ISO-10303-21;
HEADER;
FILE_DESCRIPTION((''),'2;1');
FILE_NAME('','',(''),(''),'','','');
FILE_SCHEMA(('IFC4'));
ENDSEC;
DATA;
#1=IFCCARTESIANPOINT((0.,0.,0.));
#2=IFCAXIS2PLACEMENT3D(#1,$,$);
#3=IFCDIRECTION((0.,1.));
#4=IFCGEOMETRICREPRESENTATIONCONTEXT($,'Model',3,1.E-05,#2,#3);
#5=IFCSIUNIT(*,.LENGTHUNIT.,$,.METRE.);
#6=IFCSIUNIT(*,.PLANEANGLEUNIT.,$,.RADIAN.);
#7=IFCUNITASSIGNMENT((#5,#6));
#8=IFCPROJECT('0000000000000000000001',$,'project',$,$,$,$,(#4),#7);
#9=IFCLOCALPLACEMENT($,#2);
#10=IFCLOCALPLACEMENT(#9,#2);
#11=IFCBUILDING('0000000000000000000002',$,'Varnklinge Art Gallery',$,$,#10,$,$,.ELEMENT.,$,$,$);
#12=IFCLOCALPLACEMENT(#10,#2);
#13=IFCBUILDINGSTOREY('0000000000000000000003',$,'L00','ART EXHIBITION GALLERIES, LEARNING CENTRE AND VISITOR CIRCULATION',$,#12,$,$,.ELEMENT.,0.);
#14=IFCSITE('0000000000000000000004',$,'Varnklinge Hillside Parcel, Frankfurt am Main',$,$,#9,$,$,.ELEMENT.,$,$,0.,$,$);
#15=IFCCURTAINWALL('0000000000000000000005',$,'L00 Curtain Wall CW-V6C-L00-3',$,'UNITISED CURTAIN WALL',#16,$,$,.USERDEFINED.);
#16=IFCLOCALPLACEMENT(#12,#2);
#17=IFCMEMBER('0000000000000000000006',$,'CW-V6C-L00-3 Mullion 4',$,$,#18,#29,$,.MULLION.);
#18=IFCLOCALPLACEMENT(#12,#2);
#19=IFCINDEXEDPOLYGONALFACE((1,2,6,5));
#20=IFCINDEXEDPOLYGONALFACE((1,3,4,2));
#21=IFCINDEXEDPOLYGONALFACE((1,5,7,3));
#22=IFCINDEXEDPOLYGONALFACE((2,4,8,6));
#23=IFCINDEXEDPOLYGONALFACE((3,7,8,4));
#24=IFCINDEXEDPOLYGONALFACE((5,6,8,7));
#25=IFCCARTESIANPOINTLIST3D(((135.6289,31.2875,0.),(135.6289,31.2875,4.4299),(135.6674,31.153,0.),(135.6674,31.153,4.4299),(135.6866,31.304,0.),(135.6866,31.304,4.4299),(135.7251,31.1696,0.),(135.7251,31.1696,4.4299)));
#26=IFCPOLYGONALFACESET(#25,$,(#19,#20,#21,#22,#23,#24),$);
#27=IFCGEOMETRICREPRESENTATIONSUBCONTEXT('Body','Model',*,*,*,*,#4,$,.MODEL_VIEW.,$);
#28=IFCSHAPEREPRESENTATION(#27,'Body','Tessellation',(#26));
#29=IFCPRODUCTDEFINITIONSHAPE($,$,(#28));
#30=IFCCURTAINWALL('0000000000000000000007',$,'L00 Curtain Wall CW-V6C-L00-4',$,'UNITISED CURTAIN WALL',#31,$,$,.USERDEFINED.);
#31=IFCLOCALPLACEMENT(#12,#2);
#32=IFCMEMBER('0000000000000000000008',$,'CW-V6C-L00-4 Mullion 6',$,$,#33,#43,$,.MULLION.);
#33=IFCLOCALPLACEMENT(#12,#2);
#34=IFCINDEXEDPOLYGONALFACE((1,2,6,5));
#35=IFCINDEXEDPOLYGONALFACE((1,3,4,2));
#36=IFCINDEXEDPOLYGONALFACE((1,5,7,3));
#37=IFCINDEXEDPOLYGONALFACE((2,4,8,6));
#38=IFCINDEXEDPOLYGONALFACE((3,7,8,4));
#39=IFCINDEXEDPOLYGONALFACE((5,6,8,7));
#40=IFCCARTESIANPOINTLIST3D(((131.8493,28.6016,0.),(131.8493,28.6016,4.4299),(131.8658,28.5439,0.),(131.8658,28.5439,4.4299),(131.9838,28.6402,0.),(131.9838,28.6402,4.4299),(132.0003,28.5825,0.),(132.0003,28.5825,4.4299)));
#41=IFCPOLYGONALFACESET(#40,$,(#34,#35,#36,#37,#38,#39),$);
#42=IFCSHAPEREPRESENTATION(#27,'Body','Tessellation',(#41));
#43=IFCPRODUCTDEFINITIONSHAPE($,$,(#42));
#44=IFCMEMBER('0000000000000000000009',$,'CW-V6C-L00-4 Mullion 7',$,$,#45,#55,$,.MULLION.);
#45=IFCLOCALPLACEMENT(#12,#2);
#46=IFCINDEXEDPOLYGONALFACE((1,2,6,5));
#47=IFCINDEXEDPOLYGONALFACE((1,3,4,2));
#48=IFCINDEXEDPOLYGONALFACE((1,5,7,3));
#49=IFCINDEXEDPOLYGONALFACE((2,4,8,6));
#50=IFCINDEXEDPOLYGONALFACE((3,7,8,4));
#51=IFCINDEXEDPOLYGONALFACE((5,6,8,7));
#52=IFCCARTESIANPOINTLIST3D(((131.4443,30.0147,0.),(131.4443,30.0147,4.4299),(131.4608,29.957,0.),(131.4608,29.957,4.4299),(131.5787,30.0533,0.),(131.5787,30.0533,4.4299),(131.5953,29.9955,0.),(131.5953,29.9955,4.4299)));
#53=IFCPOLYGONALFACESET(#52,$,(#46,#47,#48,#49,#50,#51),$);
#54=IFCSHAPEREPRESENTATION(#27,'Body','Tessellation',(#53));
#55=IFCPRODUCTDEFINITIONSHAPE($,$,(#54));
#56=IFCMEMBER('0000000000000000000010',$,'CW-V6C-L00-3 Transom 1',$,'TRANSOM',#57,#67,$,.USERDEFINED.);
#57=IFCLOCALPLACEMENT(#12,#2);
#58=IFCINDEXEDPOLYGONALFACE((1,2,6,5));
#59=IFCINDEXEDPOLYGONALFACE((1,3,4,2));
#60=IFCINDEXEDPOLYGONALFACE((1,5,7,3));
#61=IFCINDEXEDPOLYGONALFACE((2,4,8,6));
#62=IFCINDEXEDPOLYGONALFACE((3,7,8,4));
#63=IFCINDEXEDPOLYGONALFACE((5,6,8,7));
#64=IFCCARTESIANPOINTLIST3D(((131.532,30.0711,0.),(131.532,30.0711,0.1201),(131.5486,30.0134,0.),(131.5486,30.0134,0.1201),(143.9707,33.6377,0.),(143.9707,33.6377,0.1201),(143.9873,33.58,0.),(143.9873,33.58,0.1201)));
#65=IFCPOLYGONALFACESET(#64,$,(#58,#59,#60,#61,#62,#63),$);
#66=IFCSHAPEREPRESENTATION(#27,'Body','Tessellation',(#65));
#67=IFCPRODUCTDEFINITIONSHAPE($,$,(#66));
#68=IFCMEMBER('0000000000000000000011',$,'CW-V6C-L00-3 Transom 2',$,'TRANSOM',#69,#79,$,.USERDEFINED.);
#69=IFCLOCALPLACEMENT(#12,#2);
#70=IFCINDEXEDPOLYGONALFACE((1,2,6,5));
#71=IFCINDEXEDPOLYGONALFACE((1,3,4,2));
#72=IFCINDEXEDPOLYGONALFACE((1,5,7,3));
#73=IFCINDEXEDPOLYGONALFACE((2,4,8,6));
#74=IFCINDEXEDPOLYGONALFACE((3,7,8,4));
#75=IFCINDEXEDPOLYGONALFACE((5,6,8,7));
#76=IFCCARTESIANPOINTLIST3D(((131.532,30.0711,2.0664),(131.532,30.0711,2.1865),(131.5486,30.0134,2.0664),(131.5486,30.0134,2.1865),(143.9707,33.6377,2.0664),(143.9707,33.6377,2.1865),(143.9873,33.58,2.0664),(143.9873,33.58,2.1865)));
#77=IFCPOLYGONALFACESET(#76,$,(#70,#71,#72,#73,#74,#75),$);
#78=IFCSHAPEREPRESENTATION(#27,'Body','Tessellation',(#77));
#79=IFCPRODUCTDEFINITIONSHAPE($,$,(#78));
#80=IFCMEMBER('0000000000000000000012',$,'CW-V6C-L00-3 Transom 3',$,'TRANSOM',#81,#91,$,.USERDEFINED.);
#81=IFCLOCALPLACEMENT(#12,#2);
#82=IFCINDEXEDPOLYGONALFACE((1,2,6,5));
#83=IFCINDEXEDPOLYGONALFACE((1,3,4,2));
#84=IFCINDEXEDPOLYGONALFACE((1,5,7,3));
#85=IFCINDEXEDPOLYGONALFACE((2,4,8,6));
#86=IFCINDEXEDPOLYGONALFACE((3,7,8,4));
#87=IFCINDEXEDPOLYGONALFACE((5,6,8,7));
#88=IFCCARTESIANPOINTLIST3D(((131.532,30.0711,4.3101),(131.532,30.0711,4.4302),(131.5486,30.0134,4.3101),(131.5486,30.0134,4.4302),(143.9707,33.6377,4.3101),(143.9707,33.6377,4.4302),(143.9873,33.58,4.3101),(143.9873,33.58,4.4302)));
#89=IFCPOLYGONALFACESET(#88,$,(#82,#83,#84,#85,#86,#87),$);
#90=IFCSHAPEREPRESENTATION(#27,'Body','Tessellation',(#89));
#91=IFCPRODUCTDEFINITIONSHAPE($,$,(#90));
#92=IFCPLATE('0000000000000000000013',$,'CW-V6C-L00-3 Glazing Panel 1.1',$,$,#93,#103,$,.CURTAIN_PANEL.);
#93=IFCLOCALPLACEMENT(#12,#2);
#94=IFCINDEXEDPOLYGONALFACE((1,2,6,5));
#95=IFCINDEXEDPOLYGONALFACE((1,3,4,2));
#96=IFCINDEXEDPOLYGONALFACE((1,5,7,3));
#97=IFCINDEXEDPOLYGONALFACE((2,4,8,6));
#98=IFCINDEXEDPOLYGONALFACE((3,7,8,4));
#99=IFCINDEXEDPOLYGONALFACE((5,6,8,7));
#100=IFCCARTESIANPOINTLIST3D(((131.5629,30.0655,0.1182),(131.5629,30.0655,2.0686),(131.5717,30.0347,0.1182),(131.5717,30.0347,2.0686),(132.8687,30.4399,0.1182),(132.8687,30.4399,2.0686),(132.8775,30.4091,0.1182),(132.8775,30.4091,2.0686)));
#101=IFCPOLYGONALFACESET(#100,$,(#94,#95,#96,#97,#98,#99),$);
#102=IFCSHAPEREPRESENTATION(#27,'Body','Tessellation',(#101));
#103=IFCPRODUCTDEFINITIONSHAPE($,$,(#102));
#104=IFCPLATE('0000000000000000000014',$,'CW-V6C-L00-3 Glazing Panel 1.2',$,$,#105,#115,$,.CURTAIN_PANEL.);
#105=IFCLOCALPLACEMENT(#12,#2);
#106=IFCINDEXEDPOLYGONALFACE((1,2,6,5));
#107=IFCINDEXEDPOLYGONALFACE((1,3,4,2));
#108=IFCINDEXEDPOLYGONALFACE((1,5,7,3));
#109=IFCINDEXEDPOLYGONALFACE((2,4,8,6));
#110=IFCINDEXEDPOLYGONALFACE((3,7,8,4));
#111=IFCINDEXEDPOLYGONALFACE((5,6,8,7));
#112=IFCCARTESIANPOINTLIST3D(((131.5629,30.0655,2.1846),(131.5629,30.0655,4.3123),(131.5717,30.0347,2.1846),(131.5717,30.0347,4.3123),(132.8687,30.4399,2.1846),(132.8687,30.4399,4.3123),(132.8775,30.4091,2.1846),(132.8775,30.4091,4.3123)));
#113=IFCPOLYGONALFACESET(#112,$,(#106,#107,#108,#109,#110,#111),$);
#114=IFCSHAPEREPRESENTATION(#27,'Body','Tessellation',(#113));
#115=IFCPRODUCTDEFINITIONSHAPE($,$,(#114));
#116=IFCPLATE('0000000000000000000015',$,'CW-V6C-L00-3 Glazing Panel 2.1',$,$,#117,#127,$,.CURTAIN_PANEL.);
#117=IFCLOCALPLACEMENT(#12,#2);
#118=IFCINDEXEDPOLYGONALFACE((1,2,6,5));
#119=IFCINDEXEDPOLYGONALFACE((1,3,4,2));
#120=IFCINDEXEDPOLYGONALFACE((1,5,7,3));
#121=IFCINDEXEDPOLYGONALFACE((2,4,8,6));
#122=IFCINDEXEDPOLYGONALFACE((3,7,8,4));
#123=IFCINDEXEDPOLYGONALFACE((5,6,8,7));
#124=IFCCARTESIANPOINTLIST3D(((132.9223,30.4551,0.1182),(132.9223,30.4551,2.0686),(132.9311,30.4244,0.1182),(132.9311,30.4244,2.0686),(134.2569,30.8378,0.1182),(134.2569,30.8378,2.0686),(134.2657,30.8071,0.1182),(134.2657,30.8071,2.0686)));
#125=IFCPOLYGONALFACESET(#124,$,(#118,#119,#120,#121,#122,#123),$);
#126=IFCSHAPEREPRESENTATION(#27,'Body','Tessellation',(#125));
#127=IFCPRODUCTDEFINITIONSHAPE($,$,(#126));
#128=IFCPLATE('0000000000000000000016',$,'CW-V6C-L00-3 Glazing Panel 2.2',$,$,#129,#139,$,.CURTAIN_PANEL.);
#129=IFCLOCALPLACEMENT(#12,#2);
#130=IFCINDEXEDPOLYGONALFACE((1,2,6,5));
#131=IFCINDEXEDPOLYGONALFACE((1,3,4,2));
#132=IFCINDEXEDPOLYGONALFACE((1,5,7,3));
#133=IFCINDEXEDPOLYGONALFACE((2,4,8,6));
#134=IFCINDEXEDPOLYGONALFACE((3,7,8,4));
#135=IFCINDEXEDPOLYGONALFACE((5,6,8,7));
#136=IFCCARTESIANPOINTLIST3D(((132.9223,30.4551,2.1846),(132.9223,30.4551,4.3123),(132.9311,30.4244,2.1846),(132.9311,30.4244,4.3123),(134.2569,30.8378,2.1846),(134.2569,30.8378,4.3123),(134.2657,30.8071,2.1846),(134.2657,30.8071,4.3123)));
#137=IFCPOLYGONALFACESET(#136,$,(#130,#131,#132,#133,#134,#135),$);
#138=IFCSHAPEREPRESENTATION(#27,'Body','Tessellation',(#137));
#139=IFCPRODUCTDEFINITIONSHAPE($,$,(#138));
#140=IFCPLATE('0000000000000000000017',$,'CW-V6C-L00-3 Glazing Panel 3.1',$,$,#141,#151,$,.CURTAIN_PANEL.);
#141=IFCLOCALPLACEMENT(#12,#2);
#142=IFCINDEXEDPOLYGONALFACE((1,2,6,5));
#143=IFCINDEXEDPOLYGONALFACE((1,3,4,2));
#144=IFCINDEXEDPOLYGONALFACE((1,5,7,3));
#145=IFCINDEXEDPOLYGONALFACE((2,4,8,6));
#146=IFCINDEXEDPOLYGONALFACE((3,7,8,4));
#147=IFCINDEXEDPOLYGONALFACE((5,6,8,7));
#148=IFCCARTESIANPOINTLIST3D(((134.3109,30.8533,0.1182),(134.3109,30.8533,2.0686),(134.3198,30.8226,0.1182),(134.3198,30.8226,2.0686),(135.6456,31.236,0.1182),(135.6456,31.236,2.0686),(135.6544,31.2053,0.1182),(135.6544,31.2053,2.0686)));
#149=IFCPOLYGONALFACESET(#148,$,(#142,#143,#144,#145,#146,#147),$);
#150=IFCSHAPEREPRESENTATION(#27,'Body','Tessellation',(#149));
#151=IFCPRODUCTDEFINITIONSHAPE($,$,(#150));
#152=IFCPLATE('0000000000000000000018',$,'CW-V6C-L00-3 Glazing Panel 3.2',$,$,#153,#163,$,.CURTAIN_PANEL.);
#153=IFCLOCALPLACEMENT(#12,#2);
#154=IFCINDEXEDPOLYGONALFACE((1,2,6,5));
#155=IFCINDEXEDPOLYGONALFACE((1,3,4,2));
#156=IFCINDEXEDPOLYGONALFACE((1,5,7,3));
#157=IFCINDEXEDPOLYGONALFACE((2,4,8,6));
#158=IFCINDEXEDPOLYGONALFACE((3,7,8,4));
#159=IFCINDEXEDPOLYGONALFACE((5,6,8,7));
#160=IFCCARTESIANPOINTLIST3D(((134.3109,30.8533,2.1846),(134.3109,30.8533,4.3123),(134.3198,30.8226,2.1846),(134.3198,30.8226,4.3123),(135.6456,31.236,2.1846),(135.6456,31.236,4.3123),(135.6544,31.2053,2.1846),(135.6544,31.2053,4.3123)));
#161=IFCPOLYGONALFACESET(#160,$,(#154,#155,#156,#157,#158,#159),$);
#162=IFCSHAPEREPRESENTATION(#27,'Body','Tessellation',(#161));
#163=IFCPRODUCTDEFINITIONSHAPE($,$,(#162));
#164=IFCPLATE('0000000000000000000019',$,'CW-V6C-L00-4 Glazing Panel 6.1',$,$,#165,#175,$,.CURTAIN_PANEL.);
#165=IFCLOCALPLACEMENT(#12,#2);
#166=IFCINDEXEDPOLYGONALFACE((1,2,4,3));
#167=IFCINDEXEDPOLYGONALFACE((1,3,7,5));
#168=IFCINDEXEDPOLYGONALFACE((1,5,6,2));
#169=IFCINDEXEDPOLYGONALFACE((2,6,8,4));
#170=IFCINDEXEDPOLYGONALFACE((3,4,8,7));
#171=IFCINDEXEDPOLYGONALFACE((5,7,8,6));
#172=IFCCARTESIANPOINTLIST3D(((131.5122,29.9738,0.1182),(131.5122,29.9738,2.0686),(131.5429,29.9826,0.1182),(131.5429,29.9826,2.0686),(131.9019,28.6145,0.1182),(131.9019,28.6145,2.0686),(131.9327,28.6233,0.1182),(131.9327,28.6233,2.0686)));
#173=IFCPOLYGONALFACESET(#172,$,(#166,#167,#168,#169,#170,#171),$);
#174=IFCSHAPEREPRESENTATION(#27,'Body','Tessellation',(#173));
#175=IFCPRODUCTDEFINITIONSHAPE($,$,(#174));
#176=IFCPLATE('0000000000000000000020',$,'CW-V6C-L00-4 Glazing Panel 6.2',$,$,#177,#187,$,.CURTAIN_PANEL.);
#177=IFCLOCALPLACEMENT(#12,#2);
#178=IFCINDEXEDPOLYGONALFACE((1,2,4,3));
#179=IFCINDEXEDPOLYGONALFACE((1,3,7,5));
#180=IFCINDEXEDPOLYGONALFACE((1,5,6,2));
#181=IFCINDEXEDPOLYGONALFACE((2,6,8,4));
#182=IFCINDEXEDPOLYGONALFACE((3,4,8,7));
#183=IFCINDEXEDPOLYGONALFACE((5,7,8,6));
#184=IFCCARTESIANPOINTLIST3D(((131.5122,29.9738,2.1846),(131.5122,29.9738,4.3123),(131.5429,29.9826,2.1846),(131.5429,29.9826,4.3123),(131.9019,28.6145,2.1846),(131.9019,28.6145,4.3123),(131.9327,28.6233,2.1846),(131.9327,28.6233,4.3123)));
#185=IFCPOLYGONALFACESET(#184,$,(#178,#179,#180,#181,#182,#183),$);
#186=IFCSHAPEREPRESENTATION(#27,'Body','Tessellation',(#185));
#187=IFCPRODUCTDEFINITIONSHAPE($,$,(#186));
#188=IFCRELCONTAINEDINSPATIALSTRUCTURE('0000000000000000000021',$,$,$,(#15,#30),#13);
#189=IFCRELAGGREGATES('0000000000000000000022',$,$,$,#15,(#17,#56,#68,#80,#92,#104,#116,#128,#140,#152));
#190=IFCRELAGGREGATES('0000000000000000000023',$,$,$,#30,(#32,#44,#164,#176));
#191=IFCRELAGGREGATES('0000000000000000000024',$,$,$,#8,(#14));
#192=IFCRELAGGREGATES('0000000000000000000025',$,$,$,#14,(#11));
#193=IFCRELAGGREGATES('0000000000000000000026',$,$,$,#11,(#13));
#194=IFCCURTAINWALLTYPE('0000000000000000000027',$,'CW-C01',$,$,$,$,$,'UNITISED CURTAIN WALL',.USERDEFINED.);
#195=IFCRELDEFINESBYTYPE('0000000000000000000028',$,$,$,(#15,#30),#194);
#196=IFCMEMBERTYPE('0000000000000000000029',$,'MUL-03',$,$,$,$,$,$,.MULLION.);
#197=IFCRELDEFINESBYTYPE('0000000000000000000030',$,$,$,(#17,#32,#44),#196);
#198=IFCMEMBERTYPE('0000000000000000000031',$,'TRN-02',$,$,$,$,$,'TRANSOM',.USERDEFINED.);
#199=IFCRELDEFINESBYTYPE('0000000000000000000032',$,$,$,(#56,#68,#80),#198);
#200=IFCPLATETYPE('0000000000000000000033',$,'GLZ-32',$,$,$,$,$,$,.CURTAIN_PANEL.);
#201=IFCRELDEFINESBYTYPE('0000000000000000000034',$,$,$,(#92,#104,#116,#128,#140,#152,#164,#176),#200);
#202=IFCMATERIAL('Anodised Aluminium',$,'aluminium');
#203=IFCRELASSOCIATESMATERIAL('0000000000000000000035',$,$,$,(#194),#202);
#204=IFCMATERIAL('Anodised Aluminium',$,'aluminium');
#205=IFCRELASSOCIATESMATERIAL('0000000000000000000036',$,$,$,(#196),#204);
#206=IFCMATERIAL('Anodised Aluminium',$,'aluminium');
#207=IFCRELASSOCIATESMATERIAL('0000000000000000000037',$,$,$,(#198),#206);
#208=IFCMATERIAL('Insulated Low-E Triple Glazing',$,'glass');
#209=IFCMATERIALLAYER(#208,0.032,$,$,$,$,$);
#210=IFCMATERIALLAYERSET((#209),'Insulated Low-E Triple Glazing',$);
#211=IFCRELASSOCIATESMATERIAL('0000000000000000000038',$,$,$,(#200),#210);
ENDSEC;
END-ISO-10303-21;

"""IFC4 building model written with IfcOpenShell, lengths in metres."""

from ifc_helpers import new_model, si_unit, direction, frame, origin, origin_2d, place, context, subcontext, project, spatial, rectangle, extrude, material, layer, layer_set, material_profile, profile_set, type_object, element, aggregate, save


model = new_model("IFC4")

# Units and contexts
model_context = context("Model", 3, precision=1e-05, world=origin(), true_north=direction((0.0, 1.0)))
body_context = subcontext(model_context, "Body", "Model", "MODEL_VIEW")
ifc_project = project(units=[si_unit("LENGTHUNIT", "METRE"), si_unit("PLANEANGLEUNIT", "RADIAN")], contexts=[model_context])

# Site, building, storey
site_placement = place(None, origin())
site = spatial("IfcSite", under=ifc_project, at=site_placement, Name="Varnklinge Hillside Parcel, Frankfurt am Main", CompositionType="ELEMENT", RefElevation=0.0)
building_placement = place(site_placement, origin())
building = spatial("IfcBuilding", under=site, at=building_placement, Name="Varnklinge Art Gallery", CompositionType="ELEMENT")
storey_placement = place(building_placement, origin())
storey = spatial("IfcBuildingStorey", under=building, at=storey_placement, Name="L00", Description="ART EXHIBITION GALLERIES, LEARNING CENTRE AND VISITOR CIRCULATION", CompositionType="ELEMENT", Elevation=0.0)

# Curtain walls, members
ifc_material_1 = material(Name="Anodised Aluminium", Category="aluminium")
curtain_wall_type = type_object("IfcCurtainWallType", Name="CW-C01", ElementType="UNITISED CURTAIN WALL", PredefinedType="USERDEFINED", material=ifc_material_1)
curtain_wall_1_placement = place(storey_placement, origin())
curtain_wall_1 = element("IfcCurtainWall", 1, at=curtain_wall_1_placement, inside=storey, type_object=curtain_wall_type, Name="L00 Curtain Wall CW-V6C-L00-3", ObjectType="UNITISED CURTAIN WALL", PredefinedType="USERDEFINED")
ifc_material_2 = material(Name="Anodised Aluminium", Category="aluminium")
ifc_material_profile_1 = material_profile(ifc_material_2, rectangle(XDim=0.0601, YDim=0.1399, at=origin_2d()), Name="ALU 60x140")
ifc_profile_set_1 = profile_set([ifc_material_profile_1], Name="Anodised Aluminium")
member_type_1 = type_object("IfcMemberType", Name="MUL-03", PredefinedType="MULLION", material=ifc_profile_set_1)
member_1_placement = place(storey_placement, frame((135.677, 31.2285, 0.0), z_axis=(0.0, 0.0, 1.0), x_axis=(0.961262, 0.275637, 0.0)))
member_1 = element("IfcMember", 2, at=member_1_placement, type_object=member_type_1, Name="CW-V6C-L00-3 Mullion 4", PredefinedType="MULLION", context=body_context, shape_type="SweptSolid", body=[
    extrude(rectangle(XDim=0.0601, YDim=0.1399, at=origin_2d()), origin(), (0.0, 0.0, 1.0), 4.4299),
])
curtain_wall_2_placement = place(storey_placement, origin())
curtain_wall_2 = element("IfcCurtainWall", 3, at=curtain_wall_2_placement, inside=storey, type_object=curtain_wall_type, Name="L00 Curtain Wall CW-V6C-L00-4", ObjectType="UNITISED CURTAIN WALL", PredefinedType="USERDEFINED")
member_2_placement = place(storey_placement, frame((131.9248, 28.592, 0.0), z_axis=(0.0, 0.0, 1.0), x_axis=(-0.275637, 0.961262, 0.0)))
member_2 = element("IfcMember", 4, at=member_2_placement, type_object=member_type_1, Name="CW-V6C-L00-4 Mullion 6", PredefinedType="MULLION", context=body_context, shape_type="SweptSolid", body=[
    extrude(rectangle(XDim=0.0601, YDim=0.1399, at=origin_2d()), origin(), (0.0, 0.0, 1.0), 4.4299),
])
member_3_placement = place(storey_placement, frame((131.5198, 30.0051, 0.0), z_axis=(0.0, 0.0, 1.0), x_axis=(-0.275637, 0.961262, 0.0)))
member_3 = element("IfcMember", 5, at=member_3_placement, type_object=member_type_1, Name="CW-V6C-L00-4 Mullion 7", PredefinedType="MULLION", context=body_context, shape_type="SweptSolid", body=[
    extrude(rectangle(XDim=0.0601, YDim=0.1399, at=origin_2d()), origin(), (0.0, 0.0, 1.0), 4.4299),
])

# Members
ifc_material_3 = material(Name="Anodised Aluminium", Category="aluminium")
ifc_material_profile_2 = material_profile(ifc_material_3, rectangle(XDim=0.0601, YDim=0.1201, at=origin_2d()), Name="ALU 60x120")
ifc_profile_set_2 = profile_set([ifc_material_profile_2], Name="Anodised Aluminium")
member_type_2 = type_object("IfcMemberType", Name="TRN-02", ElementType="TRANSOM", PredefinedType="USERDEFINED", material=ifc_profile_set_2)
member_4_placement = place(storey_placement, frame((131.5403, 30.0422, 0.0601), z_axis=(0.961264, 0.275631, 0.0), x_axis=(-0.275631, 0.961264, 0.0)))
member_4 = element("IfcMember", 6, at=member_4_placement, type_object=member_type_2, Name="CW-V6C-L00-3 Transom 1", ObjectType="TRANSOM", PredefinedType="USERDEFINED", context=body_context, shape_type="SweptSolid", body=[
    extrude(rectangle(XDim=0.0601, YDim=0.1201, at=origin_2d()), origin(), (0.0, 0.0, 1.0), 12.9399),
])
member_5_placement = place(storey_placement, frame((131.5403, 30.0422, 2.1265), z_axis=(0.961264, 0.275631, 0.0), x_axis=(-0.275631, 0.961264, 0.0)))
member_5 = element("IfcMember", 7, at=member_5_placement, type_object=member_type_2, Name="CW-V6C-L00-3 Transom 2", ObjectType="TRANSOM", PredefinedType="USERDEFINED", context=body_context, shape_type="SweptSolid", body=[
    extrude(rectangle(XDim=0.0601, YDim=0.1201, at=origin_2d()), origin(), (0.0, 0.0, 1.0), 12.9399),
])
member_6_placement = place(storey_placement, frame((131.5403, 30.0422, 4.3701), z_axis=(0.961264, 0.275631, 0.0), x_axis=(-0.275631, 0.961264, 0.0)))
member_6 = element("IfcMember", 8, at=member_6_placement, type_object=member_type_2, Name="CW-V6C-L00-3 Transom 3", ObjectType="TRANSOM", PredefinedType="USERDEFINED", context=body_context, shape_type="SweptSolid", body=[
    extrude(rectangle(XDim=0.0601, YDim=0.1201, at=origin_2d()), origin(), (0.0, 0.0, 1.0), 12.9399),
])

# Plates
ifc_material_4 = material(Name="Insulated Low-E Triple Glazing", Category="glass")
ifc_layer_1 = layer(ifc_material_4, 0.032)
ifc_layer_set_1 = layer_set([ifc_layer_1], Name="Insulated Low-E Triple Glazing")
plate_type = type_object("IfcPlateType", Name="GLZ-32", PredefinedType="CURTAIN_PANEL", material=ifc_layer_set_1)
plate_1_placement = place(storey_placement, frame((132.2202, 30.2373, 0.1182), z_axis=(0.0, 0.0, 1.0), x_axis=(0.961262, 0.275637, 0.0)))
plate_1 = element("IfcPlate", 9, at=plate_1_placement, type_object=plate_type, Name="CW-V6C-L00-3 Glazing Panel 1.1", PredefinedType="CURTAIN_PANEL", context=body_context, shape_type="SweptSolid", body=[
    extrude(rectangle(XDim=1.3584, YDim=0.032, at=origin_2d()), origin(), (0.0, 0.0, 1.0), 1.9504),
])
plate_2_placement = place(storey_placement, frame((132.2202, 30.2373, 2.1846), z_axis=(0.0, 0.0, 1.0), x_axis=(0.961262, 0.275637, 0.0)))
plate_2 = element("IfcPlate", 10, at=plate_2_placement, type_object=plate_type, Name="CW-V6C-L00-3 Glazing Panel 1.2", PredefinedType="CURTAIN_PANEL", context=body_context, shape_type="SweptSolid", body=[
    extrude(rectangle(XDim=1.3584, YDim=0.032, at=origin_2d()), origin(), (0.0, 0.0, 1.0), 2.1277),
])
plate_3_placement = place(storey_placement, frame((133.594, 30.6311, 0.1182), z_axis=(0.0, 0.0, 1.0), x_axis=(0.961262, 0.275637, 0.0)))
plate_3 = element("IfcPlate", 11, at=plate_3_placement, type_object=plate_type, Name="CW-V6C-L00-3 Glazing Panel 2.1", PredefinedType="CURTAIN_PANEL", context=body_context, shape_type="SweptSolid", body=[
    extrude(rectangle(XDim=1.3884, YDim=0.032, at=origin_2d()), origin(), (0.0, 0.0, 1.0), 1.9504),
])
plate_4_placement = place(storey_placement, frame((133.594, 30.6311, 2.1846), z_axis=(0.0, 0.0, 1.0), x_axis=(0.961262, 0.275637, 0.0)))
plate_4 = element("IfcPlate", 12, at=plate_4_placement, type_object=plate_type, Name="CW-V6C-L00-3 Glazing Panel 2.2", PredefinedType="CURTAIN_PANEL", context=body_context, shape_type="SweptSolid", body=[
    extrude(rectangle(XDim=1.3884, YDim=0.032, at=origin_2d()), origin(), (0.0, 0.0, 1.0), 2.1277),
])
plate_5_placement = place(storey_placement, frame((134.9827, 31.0293, 0.1182), z_axis=(0.0, 0.0, 1.0), x_axis=(0.961262, 0.275637, 0.0)))
plate_5 = element("IfcPlate", 13, at=plate_5_placement, type_object=plate_type, Name="CW-V6C-L00-3 Glazing Panel 3.1", PredefinedType="CURTAIN_PANEL", context=body_context, shape_type="SweptSolid", body=[
    extrude(rectangle(XDim=1.3884, YDim=0.032, at=origin_2d()), origin(), (0.0, 0.0, 1.0), 1.9504),
])
plate_6_placement = place(storey_placement, frame((134.9827, 31.0293, 2.1846), z_axis=(0.0, 0.0, 1.0), x_axis=(0.961262, 0.275637, 0.0)))
plate_6 = element("IfcPlate", 14, at=plate_6_placement, type_object=plate_type, Name="CW-V6C-L00-3 Glazing Panel 3.2", PredefinedType="CURTAIN_PANEL", context=body_context, shape_type="SweptSolid", body=[
    extrude(rectangle(XDim=1.3884, YDim=0.032, at=origin_2d()), origin(), (0.0, 0.0, 1.0), 2.1277),
])
aggregate(curtain_wall_1, [member_1, member_4, member_5, member_6, plate_1, plate_2, plate_3, plate_4, plate_5, plate_6])
plate_7_placement = place(storey_placement, frame((131.7224, 29.2986, 0.1182), z_axis=(0.0, 0.0, 1.0), x_axis=(-0.275637, 0.961262, 0.0)))
plate_7 = element("IfcPlate", 15, at=plate_7_placement, type_object=plate_type, Name="CW-V6C-L00-4 Glazing Panel 6.1", PredefinedType="CURTAIN_PANEL", context=body_context, shape_type="SweptSolid", body=[
    extrude(rectangle(XDim=1.4141, YDim=0.032, at=origin_2d()), origin(), (0.0, 0.0, 1.0), 1.9504),
])
plate_8_placement = place(storey_placement, frame((131.7224, 29.2986, 2.1846), z_axis=(0.0, 0.0, 1.0), x_axis=(-0.275637, 0.961262, 0.0)))
plate_8 = element("IfcPlate", 16, at=plate_8_placement, type_object=plate_type, Name="CW-V6C-L00-4 Glazing Panel 6.2", PredefinedType="CURTAIN_PANEL", context=body_context, shape_type="SweptSolid", body=[
    extrude(rectangle(XDim=1.4141, YDim=0.032, at=origin_2d()), origin(), (0.0, 0.0, 1.0), 2.1277),
])
aggregate(curtain_wall_2, [member_2, member_3, plate_7, plate_8])

save(model, "model.ifc")
